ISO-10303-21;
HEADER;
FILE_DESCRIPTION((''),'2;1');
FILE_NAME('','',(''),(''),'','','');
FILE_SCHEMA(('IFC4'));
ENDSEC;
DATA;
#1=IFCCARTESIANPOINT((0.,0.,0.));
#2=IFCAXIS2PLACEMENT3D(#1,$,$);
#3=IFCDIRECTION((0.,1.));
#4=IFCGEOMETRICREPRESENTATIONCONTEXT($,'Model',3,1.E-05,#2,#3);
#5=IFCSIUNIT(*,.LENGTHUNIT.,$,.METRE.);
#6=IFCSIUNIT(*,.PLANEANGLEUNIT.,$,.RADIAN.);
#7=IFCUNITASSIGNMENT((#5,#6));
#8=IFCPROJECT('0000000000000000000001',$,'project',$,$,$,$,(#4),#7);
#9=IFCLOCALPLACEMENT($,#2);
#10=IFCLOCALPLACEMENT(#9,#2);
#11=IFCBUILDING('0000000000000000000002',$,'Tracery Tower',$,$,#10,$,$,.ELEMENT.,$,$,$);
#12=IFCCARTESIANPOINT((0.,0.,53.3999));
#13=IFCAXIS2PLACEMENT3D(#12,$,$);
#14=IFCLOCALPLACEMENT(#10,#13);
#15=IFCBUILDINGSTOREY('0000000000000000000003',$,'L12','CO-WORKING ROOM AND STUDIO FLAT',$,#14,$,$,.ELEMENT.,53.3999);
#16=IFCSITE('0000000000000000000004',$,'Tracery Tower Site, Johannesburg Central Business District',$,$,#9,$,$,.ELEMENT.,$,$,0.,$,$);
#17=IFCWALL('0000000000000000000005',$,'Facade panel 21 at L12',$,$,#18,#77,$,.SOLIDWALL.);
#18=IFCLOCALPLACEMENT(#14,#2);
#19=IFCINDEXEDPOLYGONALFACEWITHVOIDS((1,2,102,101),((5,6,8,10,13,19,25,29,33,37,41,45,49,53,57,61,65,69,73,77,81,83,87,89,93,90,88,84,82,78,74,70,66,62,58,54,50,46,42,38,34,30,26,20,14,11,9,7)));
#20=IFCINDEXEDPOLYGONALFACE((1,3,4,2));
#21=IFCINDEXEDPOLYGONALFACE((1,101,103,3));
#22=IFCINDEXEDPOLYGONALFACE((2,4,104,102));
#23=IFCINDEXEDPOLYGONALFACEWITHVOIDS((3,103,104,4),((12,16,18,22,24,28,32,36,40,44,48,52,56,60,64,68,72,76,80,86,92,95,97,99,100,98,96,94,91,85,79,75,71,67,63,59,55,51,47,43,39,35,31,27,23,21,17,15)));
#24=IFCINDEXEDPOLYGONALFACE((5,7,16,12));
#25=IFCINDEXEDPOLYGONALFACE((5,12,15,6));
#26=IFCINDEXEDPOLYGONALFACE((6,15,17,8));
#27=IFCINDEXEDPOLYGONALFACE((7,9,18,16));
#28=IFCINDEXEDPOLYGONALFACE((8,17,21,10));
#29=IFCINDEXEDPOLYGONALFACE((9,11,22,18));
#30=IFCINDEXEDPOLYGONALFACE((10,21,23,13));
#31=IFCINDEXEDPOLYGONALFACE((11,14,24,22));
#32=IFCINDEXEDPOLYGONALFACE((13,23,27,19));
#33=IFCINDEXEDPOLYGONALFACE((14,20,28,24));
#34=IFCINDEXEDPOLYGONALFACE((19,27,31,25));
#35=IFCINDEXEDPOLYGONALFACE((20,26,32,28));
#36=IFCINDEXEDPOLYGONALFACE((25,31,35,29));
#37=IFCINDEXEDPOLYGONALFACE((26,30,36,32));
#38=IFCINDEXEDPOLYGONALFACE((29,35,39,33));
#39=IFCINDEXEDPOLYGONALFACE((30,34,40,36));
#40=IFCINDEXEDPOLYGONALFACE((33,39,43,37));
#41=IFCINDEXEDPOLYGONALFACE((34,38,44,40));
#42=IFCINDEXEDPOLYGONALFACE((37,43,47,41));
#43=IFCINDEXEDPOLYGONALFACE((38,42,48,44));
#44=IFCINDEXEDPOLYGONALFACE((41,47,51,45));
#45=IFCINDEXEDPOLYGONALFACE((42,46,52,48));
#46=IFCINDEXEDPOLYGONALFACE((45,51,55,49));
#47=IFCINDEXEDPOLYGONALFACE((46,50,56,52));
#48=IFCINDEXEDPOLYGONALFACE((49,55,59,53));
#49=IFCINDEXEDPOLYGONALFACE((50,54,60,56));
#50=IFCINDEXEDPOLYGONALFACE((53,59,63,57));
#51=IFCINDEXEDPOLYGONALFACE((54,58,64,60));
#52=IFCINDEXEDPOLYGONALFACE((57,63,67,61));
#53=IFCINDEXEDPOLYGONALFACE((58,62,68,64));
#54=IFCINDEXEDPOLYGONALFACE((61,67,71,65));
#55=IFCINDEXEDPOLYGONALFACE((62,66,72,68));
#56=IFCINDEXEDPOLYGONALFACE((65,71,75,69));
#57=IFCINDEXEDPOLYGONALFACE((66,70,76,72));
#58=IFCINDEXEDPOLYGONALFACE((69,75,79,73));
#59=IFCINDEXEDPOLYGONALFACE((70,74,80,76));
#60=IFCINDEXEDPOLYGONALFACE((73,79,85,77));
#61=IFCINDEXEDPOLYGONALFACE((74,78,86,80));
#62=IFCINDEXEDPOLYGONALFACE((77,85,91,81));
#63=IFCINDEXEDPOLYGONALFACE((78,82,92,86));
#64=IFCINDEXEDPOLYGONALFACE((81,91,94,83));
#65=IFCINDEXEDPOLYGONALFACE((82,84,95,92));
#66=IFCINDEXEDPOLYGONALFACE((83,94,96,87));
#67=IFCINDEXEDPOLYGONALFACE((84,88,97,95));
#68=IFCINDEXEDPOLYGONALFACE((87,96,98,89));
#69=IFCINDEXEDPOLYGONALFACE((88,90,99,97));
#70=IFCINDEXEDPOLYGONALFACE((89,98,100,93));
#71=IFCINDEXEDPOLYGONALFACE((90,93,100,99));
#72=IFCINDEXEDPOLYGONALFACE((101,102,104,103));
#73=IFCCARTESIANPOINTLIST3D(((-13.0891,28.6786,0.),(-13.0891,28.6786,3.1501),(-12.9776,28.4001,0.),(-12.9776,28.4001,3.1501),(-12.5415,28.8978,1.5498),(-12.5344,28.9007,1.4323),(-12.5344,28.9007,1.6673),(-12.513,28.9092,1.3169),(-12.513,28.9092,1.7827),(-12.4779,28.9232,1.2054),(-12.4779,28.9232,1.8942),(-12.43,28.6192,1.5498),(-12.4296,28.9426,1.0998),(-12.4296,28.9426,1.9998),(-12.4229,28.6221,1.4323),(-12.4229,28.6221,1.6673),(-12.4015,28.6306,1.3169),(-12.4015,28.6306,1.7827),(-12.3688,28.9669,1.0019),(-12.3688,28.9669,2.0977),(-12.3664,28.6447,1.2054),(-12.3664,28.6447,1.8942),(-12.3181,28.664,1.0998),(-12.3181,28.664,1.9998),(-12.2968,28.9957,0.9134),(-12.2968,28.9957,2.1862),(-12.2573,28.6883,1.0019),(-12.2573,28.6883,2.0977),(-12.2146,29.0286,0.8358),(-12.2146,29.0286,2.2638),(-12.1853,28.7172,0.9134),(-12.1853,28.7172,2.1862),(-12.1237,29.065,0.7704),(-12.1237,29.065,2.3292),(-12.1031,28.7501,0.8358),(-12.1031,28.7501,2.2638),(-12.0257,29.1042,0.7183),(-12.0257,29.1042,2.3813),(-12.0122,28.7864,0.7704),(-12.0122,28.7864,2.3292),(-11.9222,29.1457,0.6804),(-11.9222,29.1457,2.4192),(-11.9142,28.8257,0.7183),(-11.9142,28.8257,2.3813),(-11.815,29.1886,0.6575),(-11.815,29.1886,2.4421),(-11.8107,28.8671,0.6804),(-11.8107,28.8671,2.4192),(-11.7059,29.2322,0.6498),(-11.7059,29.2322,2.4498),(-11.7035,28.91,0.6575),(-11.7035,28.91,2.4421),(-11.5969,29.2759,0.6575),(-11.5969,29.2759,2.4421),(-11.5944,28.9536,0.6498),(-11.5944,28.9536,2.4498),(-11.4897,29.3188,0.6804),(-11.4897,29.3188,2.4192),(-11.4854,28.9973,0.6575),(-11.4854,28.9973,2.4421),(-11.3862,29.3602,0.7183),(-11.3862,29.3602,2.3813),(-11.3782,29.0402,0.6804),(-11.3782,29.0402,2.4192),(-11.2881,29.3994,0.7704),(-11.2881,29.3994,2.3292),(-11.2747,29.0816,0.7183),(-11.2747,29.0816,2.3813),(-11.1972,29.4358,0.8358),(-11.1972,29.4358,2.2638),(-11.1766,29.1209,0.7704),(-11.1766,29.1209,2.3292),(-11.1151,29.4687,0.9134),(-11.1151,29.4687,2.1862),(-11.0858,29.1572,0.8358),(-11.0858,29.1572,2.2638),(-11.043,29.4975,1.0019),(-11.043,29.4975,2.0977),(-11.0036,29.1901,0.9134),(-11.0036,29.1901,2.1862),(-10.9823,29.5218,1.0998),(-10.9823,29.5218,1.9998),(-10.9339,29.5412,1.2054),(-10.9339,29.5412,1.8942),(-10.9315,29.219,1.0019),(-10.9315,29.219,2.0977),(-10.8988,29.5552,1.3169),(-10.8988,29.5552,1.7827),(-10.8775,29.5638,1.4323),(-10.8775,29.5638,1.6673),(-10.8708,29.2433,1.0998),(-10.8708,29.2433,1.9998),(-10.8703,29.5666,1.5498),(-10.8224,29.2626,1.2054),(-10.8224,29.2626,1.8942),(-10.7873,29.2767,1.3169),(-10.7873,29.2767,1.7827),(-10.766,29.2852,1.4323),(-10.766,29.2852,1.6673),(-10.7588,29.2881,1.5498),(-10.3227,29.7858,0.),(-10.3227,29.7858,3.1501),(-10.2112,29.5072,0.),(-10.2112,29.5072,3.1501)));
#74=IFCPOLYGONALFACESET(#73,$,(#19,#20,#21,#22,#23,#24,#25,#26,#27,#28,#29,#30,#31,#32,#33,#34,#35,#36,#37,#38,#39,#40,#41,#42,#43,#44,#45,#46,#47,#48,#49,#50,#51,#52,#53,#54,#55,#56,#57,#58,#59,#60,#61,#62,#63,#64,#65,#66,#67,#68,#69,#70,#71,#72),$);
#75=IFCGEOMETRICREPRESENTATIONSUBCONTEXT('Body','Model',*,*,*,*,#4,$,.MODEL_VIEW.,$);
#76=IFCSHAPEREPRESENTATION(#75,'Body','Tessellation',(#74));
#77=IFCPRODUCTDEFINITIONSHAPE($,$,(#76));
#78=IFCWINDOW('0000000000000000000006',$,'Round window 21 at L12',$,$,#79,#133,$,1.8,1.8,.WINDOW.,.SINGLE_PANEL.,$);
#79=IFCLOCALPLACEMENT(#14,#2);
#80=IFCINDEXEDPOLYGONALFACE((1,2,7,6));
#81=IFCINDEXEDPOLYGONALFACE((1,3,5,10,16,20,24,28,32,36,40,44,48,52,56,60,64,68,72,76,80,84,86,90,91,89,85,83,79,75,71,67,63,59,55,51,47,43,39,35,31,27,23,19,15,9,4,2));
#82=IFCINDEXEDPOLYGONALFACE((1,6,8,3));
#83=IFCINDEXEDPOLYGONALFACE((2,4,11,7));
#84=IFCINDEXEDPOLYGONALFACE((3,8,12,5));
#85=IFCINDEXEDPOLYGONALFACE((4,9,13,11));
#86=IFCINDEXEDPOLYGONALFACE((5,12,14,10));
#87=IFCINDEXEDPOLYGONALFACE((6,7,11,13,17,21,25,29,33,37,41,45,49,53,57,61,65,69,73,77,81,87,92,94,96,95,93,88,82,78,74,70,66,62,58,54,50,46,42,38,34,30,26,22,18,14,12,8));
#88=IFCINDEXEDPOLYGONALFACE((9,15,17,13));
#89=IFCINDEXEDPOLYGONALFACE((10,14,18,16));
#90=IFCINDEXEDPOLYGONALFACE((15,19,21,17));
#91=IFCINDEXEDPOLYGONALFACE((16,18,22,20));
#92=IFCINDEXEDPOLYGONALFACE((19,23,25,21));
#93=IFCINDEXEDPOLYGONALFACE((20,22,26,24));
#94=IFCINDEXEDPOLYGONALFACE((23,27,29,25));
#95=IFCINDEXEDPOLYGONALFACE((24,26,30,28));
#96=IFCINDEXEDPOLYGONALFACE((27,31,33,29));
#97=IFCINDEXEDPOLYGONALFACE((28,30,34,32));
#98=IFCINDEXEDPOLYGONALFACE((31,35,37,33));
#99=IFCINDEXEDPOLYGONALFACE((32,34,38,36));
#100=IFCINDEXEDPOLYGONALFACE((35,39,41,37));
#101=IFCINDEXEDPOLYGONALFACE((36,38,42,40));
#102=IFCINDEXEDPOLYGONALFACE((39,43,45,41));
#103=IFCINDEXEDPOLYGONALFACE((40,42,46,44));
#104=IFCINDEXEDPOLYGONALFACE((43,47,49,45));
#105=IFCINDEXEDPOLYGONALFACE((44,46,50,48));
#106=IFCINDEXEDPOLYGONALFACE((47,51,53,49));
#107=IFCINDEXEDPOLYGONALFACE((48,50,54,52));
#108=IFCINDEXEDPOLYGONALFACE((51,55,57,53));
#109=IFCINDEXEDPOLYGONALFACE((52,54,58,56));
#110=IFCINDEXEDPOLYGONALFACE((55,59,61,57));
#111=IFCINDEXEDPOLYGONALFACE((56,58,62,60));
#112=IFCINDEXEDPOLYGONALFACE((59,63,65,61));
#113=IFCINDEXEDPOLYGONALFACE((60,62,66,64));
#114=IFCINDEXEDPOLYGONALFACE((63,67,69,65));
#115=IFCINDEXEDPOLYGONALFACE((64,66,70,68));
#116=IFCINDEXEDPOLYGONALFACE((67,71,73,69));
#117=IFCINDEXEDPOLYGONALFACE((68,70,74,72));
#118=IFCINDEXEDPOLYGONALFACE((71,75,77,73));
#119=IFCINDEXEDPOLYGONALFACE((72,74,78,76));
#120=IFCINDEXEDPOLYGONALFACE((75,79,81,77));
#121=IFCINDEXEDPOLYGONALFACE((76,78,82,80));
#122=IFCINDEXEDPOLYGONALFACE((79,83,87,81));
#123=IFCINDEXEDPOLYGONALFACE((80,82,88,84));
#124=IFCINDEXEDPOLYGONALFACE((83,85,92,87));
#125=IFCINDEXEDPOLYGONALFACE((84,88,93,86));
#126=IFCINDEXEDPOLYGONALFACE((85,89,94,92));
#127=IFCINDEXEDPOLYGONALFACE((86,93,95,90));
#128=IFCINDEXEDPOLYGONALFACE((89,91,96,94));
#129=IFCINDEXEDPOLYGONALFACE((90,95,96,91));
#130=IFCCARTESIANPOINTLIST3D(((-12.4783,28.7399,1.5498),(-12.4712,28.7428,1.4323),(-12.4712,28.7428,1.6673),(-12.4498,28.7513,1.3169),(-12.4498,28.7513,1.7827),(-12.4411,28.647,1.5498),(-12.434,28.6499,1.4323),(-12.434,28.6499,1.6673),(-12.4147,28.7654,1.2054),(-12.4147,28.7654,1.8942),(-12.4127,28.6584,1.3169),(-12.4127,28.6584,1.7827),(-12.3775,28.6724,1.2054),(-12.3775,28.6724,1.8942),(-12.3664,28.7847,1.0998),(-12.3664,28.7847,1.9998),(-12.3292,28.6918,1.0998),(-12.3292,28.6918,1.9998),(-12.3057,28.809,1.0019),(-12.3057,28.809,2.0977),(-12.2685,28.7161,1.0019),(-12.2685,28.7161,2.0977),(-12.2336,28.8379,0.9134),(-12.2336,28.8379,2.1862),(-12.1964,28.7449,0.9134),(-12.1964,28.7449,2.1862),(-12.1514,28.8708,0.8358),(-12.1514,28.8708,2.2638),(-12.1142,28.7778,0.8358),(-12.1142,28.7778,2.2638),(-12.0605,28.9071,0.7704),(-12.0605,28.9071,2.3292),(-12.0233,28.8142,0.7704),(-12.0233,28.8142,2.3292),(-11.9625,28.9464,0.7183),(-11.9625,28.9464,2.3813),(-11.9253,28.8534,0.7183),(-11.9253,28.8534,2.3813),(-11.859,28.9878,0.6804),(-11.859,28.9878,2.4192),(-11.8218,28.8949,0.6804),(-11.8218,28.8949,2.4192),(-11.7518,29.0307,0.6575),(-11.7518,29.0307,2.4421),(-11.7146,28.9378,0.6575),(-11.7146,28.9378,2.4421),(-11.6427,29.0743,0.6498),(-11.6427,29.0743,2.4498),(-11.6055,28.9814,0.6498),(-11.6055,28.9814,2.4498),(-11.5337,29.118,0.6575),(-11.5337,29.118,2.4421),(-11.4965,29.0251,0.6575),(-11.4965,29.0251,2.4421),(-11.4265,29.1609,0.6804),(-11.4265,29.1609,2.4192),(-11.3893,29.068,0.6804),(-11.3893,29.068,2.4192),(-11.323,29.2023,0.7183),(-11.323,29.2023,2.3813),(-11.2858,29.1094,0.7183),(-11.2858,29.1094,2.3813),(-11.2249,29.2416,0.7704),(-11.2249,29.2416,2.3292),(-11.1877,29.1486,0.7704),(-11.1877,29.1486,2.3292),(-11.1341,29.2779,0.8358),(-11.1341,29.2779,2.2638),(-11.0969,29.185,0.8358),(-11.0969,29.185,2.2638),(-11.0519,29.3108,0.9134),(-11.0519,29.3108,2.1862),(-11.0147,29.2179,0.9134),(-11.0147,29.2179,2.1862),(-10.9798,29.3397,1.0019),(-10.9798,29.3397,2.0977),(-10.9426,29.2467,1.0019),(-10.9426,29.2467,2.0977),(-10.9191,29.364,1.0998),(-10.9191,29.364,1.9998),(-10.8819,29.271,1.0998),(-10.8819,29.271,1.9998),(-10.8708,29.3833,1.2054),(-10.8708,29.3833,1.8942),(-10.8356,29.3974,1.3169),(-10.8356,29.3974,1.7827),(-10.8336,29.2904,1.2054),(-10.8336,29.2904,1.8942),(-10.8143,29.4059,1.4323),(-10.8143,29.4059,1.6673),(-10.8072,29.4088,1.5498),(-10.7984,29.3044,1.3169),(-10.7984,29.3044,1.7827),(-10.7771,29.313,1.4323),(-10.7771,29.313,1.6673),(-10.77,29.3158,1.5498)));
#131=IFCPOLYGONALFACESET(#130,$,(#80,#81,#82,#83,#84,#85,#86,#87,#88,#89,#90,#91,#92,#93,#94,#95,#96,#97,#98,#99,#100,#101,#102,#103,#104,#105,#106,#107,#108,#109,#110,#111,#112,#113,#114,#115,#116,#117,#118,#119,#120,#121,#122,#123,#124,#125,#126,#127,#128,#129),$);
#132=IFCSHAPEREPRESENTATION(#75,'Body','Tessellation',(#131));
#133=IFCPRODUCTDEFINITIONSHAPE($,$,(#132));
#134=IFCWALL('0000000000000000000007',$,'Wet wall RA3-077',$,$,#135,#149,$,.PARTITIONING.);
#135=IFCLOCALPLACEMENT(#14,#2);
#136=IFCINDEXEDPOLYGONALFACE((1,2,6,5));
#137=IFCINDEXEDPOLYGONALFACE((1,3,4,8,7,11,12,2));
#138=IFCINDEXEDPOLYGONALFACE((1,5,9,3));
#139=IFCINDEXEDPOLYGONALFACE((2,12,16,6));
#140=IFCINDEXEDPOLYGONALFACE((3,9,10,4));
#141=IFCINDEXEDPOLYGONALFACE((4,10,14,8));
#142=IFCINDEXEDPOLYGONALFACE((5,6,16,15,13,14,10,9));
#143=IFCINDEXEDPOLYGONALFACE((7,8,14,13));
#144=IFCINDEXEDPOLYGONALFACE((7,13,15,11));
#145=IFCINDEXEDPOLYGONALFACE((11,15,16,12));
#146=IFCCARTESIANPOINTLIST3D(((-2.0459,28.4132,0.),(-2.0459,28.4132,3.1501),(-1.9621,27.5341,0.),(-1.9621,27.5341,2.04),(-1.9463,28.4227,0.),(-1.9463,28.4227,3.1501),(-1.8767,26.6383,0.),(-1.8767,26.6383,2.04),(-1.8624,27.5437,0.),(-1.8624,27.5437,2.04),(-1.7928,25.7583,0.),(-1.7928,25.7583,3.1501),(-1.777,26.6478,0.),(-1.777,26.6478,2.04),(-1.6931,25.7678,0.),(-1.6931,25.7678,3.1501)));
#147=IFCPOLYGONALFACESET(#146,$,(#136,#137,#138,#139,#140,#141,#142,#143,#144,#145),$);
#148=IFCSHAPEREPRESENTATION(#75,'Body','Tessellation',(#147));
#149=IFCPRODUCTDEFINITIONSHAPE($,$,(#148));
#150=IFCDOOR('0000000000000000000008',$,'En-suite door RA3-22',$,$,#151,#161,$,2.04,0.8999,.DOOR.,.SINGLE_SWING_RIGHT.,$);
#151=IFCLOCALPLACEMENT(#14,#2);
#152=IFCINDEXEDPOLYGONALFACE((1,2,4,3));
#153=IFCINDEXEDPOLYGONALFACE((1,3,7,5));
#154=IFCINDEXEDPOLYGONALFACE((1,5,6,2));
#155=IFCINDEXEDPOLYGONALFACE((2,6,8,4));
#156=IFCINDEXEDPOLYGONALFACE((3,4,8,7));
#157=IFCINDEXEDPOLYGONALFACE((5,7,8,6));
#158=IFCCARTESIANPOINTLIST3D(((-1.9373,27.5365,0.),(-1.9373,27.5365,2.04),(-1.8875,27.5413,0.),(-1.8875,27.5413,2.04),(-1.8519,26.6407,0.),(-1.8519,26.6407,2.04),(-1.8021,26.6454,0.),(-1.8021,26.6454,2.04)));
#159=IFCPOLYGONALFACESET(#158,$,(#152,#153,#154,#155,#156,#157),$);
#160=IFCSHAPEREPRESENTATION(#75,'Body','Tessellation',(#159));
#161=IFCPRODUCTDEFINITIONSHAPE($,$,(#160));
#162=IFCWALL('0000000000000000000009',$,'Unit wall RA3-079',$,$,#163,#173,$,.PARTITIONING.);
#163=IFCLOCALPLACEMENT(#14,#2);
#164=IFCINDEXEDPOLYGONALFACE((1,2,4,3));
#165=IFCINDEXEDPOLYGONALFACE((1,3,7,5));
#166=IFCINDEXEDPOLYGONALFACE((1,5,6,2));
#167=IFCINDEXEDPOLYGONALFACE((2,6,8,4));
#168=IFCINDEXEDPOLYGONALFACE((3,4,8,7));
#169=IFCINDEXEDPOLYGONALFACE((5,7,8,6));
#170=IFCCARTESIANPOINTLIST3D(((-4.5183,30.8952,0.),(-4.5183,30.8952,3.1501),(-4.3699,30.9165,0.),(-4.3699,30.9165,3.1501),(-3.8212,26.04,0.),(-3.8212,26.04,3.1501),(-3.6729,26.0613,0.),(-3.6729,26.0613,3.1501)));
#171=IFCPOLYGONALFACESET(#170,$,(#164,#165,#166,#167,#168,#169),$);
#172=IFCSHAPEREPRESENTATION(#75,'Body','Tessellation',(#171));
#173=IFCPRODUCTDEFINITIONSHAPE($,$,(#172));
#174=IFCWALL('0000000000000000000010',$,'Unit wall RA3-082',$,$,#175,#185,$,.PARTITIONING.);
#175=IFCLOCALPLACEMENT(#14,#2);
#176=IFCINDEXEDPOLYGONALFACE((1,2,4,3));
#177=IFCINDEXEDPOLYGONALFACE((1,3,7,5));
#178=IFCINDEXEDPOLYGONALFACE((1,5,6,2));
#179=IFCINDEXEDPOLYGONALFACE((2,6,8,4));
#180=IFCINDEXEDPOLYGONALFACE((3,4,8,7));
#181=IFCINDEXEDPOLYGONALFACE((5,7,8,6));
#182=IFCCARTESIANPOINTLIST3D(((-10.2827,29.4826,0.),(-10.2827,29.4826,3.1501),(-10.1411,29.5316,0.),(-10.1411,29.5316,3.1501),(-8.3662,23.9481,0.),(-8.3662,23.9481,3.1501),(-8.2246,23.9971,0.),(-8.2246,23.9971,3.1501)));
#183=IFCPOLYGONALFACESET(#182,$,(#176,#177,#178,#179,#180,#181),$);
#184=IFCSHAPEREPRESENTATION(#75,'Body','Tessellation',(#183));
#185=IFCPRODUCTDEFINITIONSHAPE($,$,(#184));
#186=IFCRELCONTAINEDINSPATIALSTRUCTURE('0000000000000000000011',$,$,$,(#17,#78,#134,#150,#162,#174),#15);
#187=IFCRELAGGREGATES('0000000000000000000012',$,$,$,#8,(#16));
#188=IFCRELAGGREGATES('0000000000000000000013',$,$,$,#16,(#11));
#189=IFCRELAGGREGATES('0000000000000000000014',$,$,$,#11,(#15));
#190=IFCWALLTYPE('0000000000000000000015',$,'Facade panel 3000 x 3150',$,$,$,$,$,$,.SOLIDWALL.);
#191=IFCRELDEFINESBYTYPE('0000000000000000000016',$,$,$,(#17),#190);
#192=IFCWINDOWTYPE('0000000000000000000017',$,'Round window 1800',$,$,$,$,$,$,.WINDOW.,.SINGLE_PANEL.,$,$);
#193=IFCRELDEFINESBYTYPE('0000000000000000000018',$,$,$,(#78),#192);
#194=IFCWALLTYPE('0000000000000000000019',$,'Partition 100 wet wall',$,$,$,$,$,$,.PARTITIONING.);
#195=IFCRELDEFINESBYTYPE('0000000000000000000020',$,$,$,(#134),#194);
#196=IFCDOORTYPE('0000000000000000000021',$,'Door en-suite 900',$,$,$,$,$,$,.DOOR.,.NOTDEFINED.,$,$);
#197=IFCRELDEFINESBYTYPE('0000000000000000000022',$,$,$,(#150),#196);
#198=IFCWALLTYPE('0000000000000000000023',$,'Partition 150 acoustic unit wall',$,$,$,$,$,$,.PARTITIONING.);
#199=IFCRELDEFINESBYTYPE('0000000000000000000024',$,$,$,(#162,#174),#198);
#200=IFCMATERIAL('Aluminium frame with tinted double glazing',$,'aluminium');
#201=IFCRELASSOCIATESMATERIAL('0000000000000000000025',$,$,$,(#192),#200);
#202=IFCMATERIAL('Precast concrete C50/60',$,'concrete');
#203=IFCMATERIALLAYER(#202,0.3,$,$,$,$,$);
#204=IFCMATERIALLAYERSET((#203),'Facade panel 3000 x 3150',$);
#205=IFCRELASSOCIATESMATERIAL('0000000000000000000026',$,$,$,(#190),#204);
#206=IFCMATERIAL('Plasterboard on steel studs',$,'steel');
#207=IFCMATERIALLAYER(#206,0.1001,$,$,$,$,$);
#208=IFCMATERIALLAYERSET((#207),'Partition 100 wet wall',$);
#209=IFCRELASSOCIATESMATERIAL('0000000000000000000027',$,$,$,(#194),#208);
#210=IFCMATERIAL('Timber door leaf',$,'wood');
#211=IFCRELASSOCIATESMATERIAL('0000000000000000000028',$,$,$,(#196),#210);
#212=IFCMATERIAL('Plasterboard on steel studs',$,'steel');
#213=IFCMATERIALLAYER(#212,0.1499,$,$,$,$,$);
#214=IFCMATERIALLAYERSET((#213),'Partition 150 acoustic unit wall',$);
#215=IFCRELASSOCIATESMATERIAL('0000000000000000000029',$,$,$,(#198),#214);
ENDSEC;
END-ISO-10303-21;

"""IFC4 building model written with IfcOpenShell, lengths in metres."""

from ifc_helpers import new_model, si_unit, direction, frame, frame_2d, origin, origin_2d, place, context, subcontext, project, spatial, rectangle, circle, extrude, material, layer, layer_set, type_object, element, fill, save


model = new_model("IFC4")

# Units and contexts
model_context = context("Model", 3, precision=1e-05, world=origin(), true_north=direction((0.0, 1.0)))
body_context = subcontext(model_context, "Body", "Model", "MODEL_VIEW")
ifc_project = project(units=[si_unit("LENGTHUNIT", "METRE"), si_unit("PLANEANGLEUNIT", "RADIAN")], contexts=[model_context])

# Site, building, storey
site_placement = place(None, origin())
site = spatial("IfcSite", under=ifc_project, at=site_placement, Name="Tracery Tower Site, Johannesburg Central Business District", CompositionType="ELEMENT", RefElevation=0.0)
building_placement = place(site_placement, origin())
building = spatial("IfcBuilding", under=site, at=building_placement, Name="Tracery Tower", CompositionType="ELEMENT")
storey_placement = place(building_placement, frame((0.0, 0.0, 53.3999)))
storey = spatial("IfcBuildingStorey", under=building, at=storey_placement, Name="L12", Description="CO-WORKING ROOM AND STUDIO FLAT", CompositionType="ELEMENT", Elevation=53.3999)

# Wall, opening, window
ifc_material_1 = material(Name="Aluminium frame with tinted double glazing", Category="aluminium")
window_type = type_object("IfcWindowType", Name="Round window 1800", PartitioningType="SINGLE_PANEL", PredefinedType="WINDOW", material=ifc_material_1)
ifc_material_2 = material(Name="Precast concrete C50/60", Category="concrete")
ifc_layer_1 = layer(ifc_material_2, 0.3)
ifc_layer_set_1 = layer_set([ifc_layer_1], Name="Facade panel 3000 x 3150")
wall_type_1 = type_object("IfcWallType", Name="Facade panel 3000 x 3150", PredefinedType="SOLIDWALL", material=ifc_layer_set_1)
wall_1_placement = place(storey_placement, frame((-10.2671, 29.6465, 0.0), z_axis=(0.0, 0.0, 1.0), x_axis=(-0.928403, -0.371574, 0.0)))
wall_1 = element("IfcWall", 1, at=wall_1_placement, inside=storey, type_object=wall_type_1, Name="Facade panel 21 at L12", PredefinedType="SOLIDWALL", context=body_context, shape_type="SweptSolid", body=[
    extrude(rectangle(XDim=2.9797, YDim=0.3, at=frame_2d((1.4897, 0.0))), origin(), (0.0, 0.0, 1.0), 3.1501),
])
opening_1_placement = place(wall_1_placement, frame((1.4897, 0.0, 1.5498)))
opening_1 = element("IfcOpeningElement", 2, at=opening_1_placement, cuts=wall_1, PredefinedType="OPENING", context=body_context, shape_type="SweptSolid", body=[
    extrude(circle(Radius=0.9, at=origin_2d()), frame((0.0, 0.1599, 0.0), z_axis=(0.0, -1.0, 0.0), x_axis=(1.0, 0.0, 0.0)), (0.0, 0.0, 1.0), 0.3201),
])
window_1_placement = place(opening_1_placement, origin())
window_1 = element("IfcWindow", 3, at=window_1_placement, inside=storey, type_object=window_type, Name="Round window 21 at L12", OverallHeight=1.8, OverallWidth=1.8, PartitioningType="SINGLE_PANEL", PredefinedType="WINDOW", context=body_context, shape_type="SweptSolid", body=[
    extrude(circle(Radius=0.9, at=origin_2d()), frame((0.0, 0.1201, 0.0), z_axis=(0.0, -1.0, 0.0), x_axis=(1.0, 0.0, 0.0)), (0.0, 0.0, 1.0), 0.1001),
])
fill(opening_1, window_1)

# Wall, opening, door
ifc_material_3 = material(Name="Plasterboard on steel studs", Category="steel")
ifc_layer_2 = layer(ifc_material_3, 0.1001)
ifc_layer_set_2 = layer_set([ifc_layer_2], Name="Partition 100 wet wall")
wall_type_2 = type_object("IfcWallType", Name="Partition 100 wet wall", PredefinedType="PARTITIONING", material=ifc_layer_set_2)
wall_2_placement = place(storey_placement, frame((-1.9961, 28.418, 0.0), z_axis=(0.0, 0.0, 1.0), x_axis=(0.094926, -0.995484, 0.0)))
wall_2 = element("IfcWall", 4, at=wall_2_placement, inside=storey, type_object=wall_type_2, Name="Wet wall RA3-077", PredefinedType="PARTITIONING", context=body_context, shape_type="SweptSolid", body=[
    extrude(rectangle(XDim=2.667, YDim=0.1001, at=frame_2d((1.3335, 0.0))), origin(), (0.0, 0.0, 1.0), 3.1501),
])
opening_2_placement = place(wall_2_placement, frame((0.8831, 0.0, 0.0)))
opening_2 = element("IfcOpeningElement", 5, at=opening_2_placement, cuts=wall_2, PredefinedType="OPENING", context=body_context, shape_type="SweptSolid", body=[
    extrude(rectangle(XDim=0.8999, YDim=2.04, at=frame_2d((0.45, 1.02))), frame((0.0, 0.05, 0.0), z_axis=(0.0, -1.0, 0.0), x_axis=(1.0, 0.0, 0.0)), (0.0, 0.0, 1.0), 0.1001),
])
ifc_material_4 = material(Name="Timber door leaf", Category="wood")
door_type = type_object("IfcDoorType", Name="Door en-suite 900", OperationType="NOTDEFINED", PredefinedType="DOOR", material=ifc_material_4)
door_placement = place(opening_2_placement, origin())
door = element("IfcDoor", 6, at=door_placement, inside=storey, type_object=door_type, Name="En-suite door RA3-22", OperationType="SINGLE_SWING_RIGHT", OverallHeight=2.04, OverallWidth=0.8999, PredefinedType="DOOR", context=body_context, shape_type="SweptSolid", body=[
    extrude(rectangle(XDim=0.8999, YDim=2.04, at=frame_2d((0.45, 1.02))), frame((0.0, 0.0249, 0.0), z_axis=(0.0, -1.0, 0.0), x_axis=(1.0, 0.0, 0.0)), (0.0, 0.0, 1.0), 0.05),
])
fill(opening_2, door)

# Walls
ifc_material_5 = material(Name="Plasterboard on steel studs", Category="steel")
ifc_layer_3 = layer(ifc_material_5, 0.1499)
ifc_layer_set_3 = layer_set([ifc_layer_3], Name="Partition 150 acoustic unit wall")
wall_type_3 = type_object("IfcWallType", Name="Partition 150 acoustic unit wall", PredefinedType="PARTITIONING", material=ifc_layer_set_3)
wall_3_placement = place(storey_placement, frame((-4.4441, 30.906, 0.0), z_axis=(0.0, 0.0, 1.0), x_axis=(0.142104, -0.989852, 0.0)))
element("IfcWall", 7, at=wall_3_placement, inside=storey, type_object=wall_type_3, Name="Unit wall RA3-079", PredefinedType="PARTITIONING", context=body_context, shape_type="SweptSolid", body=[
    extrude(rectangle(XDim=4.905, YDim=0.1499, at=frame_2d((2.4526, 0.0))), origin(), (0.0, 0.0, 1.0), 3.1501),
])
wall_4_placement = place(storey_placement, frame((-10.2119, 29.5071, 0.0), z_axis=(0.0, 0.0, 1.0), x_axis=(0.327224, -0.944947, 0.0)))
element("IfcWall", 8, at=wall_4_placement, inside=storey, type_object=wall_type_3, Name="Unit wall RA3-082", PredefinedType="PARTITIONING", context=body_context, shape_type="SweptSolid", body=[
    extrude(rectangle(XDim=5.8569, YDim=0.1499, at=frame_2d((2.9285, 0.0))), origin(), (0.0, 0.0, 1.0), 3.1501),
])

save(model, "model.ifc")
